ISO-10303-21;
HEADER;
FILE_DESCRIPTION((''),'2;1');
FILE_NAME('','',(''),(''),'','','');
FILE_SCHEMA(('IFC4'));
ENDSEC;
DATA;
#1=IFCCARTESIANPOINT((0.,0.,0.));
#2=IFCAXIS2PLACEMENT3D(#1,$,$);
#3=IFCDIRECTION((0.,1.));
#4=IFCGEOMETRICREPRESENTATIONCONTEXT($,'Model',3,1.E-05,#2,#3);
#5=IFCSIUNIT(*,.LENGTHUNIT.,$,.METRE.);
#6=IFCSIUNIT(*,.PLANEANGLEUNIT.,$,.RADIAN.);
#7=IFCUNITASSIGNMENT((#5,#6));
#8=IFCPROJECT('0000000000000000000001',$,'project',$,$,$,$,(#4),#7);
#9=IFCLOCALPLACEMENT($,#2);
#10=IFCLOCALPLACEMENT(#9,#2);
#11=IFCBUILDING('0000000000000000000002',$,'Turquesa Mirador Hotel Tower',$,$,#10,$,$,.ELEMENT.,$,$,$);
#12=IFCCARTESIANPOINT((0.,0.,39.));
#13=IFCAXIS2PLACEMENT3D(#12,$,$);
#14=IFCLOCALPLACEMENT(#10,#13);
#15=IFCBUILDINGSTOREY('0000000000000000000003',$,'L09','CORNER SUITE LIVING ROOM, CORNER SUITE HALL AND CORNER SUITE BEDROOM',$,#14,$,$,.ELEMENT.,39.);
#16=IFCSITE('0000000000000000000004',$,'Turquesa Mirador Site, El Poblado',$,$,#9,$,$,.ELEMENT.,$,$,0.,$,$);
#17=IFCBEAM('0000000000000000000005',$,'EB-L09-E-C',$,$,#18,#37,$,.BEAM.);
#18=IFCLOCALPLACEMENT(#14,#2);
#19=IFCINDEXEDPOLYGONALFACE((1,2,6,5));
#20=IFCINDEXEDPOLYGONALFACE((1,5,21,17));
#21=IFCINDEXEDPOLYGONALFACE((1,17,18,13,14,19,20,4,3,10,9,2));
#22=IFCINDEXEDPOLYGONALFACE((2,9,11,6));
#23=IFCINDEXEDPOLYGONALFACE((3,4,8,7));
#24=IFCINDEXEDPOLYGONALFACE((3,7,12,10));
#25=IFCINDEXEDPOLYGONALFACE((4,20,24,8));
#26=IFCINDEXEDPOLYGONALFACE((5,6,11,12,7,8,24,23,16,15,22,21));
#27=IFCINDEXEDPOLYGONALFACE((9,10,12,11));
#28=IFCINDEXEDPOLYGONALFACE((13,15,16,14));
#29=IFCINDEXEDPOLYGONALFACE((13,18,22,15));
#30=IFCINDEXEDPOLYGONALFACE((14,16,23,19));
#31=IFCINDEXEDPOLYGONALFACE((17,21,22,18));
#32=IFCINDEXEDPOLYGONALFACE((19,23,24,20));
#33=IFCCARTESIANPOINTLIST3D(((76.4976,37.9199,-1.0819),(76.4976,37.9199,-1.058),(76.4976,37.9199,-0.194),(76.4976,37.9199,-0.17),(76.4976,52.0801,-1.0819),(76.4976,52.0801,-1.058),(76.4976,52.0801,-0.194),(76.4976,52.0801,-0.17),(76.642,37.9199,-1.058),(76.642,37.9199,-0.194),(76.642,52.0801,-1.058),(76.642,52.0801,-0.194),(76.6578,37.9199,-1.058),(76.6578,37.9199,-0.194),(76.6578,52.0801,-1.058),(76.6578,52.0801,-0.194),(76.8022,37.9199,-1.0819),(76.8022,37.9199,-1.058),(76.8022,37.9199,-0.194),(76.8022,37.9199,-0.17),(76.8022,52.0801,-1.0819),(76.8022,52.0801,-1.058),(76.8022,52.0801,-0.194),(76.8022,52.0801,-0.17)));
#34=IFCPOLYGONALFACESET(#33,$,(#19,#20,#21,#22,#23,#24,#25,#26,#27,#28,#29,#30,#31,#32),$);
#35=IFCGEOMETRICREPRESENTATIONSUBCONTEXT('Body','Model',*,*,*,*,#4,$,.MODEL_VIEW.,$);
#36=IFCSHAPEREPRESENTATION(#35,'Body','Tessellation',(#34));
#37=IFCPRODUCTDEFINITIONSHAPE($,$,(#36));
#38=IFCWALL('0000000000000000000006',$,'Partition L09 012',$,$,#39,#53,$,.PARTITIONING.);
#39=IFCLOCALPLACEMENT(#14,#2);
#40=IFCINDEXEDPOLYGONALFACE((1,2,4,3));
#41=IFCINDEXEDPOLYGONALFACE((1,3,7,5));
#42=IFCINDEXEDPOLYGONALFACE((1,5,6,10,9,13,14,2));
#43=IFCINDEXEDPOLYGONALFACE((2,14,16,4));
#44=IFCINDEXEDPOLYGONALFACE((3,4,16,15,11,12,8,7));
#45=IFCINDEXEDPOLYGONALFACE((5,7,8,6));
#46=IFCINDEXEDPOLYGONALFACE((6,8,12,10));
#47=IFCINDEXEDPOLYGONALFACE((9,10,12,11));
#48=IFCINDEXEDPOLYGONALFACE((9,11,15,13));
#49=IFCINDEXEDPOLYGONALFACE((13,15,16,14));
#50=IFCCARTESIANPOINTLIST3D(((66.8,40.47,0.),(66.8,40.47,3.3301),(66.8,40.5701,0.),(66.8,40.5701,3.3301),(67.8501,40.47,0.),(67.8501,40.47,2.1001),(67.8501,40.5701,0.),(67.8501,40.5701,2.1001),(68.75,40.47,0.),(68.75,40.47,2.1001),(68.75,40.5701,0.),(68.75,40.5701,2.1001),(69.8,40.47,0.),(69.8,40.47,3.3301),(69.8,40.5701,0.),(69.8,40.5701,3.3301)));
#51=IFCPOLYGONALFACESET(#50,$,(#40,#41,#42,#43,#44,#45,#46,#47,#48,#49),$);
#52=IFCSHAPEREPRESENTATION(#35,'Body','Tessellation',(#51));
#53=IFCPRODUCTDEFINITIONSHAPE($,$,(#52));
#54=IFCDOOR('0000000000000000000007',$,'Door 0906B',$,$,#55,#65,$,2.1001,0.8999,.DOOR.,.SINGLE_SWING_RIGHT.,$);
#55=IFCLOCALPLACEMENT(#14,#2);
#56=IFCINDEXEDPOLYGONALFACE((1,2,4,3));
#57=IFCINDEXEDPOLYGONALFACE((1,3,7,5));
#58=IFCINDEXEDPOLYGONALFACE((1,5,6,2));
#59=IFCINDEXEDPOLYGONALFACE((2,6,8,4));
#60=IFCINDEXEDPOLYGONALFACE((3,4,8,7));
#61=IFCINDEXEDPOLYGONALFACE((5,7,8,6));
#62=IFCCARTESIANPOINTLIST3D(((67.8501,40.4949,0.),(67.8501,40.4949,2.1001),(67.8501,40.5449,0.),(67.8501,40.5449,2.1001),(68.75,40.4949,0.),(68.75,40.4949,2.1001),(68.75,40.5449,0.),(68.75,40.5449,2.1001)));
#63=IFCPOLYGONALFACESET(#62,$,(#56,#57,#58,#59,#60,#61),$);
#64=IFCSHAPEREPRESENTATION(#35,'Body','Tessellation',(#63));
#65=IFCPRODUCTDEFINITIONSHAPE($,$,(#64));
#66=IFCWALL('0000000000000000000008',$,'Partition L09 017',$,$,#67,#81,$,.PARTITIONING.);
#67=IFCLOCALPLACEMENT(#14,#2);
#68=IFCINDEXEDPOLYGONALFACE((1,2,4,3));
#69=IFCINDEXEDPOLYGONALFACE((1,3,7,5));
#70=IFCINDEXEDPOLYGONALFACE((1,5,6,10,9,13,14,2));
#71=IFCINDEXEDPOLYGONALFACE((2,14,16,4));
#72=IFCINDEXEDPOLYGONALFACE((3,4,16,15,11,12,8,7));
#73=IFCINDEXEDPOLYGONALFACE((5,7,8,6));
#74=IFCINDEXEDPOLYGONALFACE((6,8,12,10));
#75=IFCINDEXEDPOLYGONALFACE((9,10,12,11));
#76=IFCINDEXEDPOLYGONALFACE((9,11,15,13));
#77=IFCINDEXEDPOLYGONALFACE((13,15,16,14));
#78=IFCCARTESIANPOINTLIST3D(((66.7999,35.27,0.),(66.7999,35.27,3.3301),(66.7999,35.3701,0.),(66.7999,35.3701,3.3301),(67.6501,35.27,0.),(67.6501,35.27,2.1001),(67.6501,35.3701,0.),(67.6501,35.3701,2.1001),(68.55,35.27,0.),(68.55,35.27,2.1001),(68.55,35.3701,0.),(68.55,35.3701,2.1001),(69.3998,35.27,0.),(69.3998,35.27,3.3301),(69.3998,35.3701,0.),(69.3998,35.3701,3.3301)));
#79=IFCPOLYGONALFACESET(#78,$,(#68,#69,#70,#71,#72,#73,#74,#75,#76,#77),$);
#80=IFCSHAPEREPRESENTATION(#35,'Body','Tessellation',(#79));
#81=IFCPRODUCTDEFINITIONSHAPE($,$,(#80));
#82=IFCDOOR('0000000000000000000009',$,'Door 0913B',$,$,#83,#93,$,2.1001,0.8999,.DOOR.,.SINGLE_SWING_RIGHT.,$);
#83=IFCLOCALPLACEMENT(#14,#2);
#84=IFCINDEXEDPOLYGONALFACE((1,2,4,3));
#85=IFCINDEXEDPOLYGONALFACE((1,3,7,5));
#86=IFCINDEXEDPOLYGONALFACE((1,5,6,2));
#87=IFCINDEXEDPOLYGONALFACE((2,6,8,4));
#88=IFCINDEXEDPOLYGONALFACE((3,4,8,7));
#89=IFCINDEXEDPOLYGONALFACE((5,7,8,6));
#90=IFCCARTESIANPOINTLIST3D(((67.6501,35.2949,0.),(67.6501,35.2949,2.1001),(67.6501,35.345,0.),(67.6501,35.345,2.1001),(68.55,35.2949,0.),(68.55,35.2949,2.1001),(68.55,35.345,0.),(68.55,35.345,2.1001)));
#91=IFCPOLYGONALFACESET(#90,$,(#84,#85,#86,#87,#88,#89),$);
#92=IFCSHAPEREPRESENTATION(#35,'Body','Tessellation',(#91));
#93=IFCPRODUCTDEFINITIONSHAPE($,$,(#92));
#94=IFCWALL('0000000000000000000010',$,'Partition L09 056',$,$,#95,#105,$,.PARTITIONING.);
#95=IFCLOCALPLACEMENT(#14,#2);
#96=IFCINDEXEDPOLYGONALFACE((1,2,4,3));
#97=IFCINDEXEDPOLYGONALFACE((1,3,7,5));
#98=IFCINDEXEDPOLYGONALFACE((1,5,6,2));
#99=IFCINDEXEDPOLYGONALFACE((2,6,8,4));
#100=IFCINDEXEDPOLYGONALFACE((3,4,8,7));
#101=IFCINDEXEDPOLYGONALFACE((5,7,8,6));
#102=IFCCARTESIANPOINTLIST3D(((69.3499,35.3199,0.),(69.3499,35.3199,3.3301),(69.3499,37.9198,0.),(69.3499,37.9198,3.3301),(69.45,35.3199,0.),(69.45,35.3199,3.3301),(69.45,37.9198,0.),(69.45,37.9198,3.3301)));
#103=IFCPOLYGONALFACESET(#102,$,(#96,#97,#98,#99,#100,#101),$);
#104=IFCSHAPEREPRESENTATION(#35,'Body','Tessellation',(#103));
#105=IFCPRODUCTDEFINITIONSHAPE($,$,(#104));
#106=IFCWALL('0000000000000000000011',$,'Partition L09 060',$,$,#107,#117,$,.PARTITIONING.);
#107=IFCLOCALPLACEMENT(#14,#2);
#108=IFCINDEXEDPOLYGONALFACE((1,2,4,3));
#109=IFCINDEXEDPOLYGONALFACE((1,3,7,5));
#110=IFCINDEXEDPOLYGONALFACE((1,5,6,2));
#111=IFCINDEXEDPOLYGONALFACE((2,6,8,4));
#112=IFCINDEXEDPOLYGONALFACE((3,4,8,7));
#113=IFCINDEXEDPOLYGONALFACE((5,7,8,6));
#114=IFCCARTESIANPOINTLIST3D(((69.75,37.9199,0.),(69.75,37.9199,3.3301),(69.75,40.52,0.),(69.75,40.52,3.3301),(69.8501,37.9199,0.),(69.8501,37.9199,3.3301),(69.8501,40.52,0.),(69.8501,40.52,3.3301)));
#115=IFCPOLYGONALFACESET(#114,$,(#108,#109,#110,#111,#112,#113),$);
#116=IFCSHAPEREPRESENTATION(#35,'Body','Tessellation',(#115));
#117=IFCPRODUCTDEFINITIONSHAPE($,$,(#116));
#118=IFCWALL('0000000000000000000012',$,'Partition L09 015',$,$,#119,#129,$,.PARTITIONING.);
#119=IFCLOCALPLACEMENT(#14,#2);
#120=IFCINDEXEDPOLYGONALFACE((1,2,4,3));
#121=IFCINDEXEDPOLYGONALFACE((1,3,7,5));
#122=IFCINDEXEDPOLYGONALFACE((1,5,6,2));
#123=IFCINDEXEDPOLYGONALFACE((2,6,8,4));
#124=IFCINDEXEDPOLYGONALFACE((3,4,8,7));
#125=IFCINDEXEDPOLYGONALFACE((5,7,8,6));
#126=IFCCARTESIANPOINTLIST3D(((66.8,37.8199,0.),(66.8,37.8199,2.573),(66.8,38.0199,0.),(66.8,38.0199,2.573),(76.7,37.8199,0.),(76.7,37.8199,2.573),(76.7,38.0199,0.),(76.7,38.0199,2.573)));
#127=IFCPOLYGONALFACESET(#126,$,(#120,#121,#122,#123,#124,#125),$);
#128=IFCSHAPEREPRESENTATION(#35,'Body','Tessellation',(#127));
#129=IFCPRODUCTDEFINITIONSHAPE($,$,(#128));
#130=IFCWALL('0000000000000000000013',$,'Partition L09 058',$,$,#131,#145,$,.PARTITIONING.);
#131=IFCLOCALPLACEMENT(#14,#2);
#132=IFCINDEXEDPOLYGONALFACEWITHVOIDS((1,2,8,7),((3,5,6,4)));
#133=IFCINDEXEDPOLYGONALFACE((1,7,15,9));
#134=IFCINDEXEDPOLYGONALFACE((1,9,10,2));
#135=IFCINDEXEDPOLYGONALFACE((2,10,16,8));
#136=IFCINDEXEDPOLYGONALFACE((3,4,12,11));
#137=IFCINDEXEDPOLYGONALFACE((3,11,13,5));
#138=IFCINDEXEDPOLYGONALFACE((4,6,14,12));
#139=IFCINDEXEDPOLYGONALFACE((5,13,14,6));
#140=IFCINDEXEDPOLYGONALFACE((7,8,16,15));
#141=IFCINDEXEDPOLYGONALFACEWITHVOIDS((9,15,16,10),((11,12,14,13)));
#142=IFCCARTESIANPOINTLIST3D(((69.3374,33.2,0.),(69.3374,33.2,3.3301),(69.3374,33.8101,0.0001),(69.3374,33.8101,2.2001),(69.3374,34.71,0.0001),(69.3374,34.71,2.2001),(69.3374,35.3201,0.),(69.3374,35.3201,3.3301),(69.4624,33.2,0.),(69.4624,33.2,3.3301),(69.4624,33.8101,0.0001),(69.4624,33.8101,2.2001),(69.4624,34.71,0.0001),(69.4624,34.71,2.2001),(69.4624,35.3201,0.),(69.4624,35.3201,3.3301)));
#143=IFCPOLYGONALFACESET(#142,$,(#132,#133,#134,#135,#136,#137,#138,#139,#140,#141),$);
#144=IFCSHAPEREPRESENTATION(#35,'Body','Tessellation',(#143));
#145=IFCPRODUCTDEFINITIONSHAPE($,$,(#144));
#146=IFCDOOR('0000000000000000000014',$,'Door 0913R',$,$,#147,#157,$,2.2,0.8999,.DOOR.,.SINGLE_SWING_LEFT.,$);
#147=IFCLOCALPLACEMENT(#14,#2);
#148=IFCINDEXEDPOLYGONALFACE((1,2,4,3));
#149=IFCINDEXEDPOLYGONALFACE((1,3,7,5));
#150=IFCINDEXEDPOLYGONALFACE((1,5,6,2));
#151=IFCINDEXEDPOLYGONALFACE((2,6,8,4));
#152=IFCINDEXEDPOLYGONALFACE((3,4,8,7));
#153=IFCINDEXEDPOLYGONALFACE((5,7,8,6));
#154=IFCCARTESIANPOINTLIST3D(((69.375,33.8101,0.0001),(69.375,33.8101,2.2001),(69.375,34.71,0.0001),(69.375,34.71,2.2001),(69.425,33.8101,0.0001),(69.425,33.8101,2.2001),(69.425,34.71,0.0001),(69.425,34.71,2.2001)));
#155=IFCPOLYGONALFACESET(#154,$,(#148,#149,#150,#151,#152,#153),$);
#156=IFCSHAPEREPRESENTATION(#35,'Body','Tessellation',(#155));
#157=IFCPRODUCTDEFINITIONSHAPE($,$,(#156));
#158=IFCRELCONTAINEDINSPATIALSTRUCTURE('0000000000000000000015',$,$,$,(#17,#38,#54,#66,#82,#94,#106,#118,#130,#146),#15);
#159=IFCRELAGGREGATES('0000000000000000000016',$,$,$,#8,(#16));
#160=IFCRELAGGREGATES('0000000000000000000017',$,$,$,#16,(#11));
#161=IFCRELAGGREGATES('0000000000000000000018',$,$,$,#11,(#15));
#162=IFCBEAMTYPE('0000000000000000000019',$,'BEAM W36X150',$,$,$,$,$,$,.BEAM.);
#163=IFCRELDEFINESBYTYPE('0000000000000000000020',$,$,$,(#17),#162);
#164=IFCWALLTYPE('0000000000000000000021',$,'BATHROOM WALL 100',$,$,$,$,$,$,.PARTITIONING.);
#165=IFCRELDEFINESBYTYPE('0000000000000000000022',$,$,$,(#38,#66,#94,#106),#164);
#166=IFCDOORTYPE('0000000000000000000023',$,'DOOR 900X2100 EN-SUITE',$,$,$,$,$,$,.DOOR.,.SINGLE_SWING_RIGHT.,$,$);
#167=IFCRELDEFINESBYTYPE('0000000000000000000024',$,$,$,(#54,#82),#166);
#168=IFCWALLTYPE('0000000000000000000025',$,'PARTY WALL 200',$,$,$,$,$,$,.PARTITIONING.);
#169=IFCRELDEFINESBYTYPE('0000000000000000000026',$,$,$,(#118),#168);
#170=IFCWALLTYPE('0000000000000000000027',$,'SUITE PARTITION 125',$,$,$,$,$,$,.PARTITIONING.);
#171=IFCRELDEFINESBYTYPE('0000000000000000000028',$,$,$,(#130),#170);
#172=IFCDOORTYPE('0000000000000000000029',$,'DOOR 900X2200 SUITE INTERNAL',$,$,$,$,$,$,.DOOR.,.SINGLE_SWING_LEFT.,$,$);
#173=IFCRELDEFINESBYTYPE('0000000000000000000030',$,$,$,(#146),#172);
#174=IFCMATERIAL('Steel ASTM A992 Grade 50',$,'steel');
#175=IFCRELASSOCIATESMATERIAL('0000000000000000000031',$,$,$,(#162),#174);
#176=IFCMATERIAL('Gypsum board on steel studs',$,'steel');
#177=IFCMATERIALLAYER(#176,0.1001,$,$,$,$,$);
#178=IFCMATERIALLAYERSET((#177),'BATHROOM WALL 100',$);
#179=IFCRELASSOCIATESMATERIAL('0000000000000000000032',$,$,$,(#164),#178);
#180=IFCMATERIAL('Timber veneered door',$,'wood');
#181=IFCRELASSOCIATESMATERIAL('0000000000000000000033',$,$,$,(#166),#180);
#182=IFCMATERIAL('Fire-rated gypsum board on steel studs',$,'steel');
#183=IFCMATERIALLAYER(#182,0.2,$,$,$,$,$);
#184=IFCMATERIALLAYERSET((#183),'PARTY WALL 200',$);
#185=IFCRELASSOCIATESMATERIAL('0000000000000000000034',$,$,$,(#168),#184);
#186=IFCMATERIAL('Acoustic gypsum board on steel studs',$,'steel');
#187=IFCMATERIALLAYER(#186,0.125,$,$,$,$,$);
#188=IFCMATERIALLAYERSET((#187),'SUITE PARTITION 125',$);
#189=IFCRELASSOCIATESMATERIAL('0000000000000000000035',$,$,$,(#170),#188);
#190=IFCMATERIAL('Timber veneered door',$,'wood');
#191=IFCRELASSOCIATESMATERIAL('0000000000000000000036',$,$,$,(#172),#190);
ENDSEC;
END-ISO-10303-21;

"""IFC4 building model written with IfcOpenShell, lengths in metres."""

from ifc_helpers import new_model, si_unit, direction, frame, frame_2d, origin, origin_2d, place, context, subcontext, project, spatial, rectangle, i_section, extrude, material, layer, layer_set, material_profile, profile_set, type_object, element, fill, save


model = new_model("IFC4")

# Units and contexts
model_context = context("Model", 3, precision=1e-05, world=origin(), true_north=direction((0.0, 1.0)))
body_context = subcontext(model_context, "Body", "Model", "MODEL_VIEW")
ifc_project = project(units=[si_unit("LENGTHUNIT", "METRE"), si_unit("PLANEANGLEUNIT", "RADIAN")], contexts=[model_context])

# Site, building, storey
site_placement = place(None, origin())
site = spatial("IfcSite", under=ifc_project, at=site_placement, Name="Turquesa Mirador Site, El Poblado", CompositionType="ELEMENT", RefElevation=0.0)
building_placement = place(site_placement, origin())
building = spatial("IfcBuilding", under=site, at=building_placement, Name="Turquesa Mirador Hotel Tower", CompositionType="ELEMENT")
storey_placement = place(building_placement, frame((0.0, 0.0, 39.0)))
storey = spatial("IfcBuildingStorey", under=building, at=storey_placement, Name="L09", Description="CORNER SUITE LIVING ROOM, CORNER SUITE HALL AND CORNER SUITE BEDROOM", CompositionType="ELEMENT", Elevation=39.0)

# Beam
ifc_material_1 = material(Name="Steel ASTM A992 Grade 50", Category="steel")
ifc_material_profile_1 = material_profile(ifc_material_1, i_section(OverallWidth=0.3047, OverallDepth=0.9119, WebThickness=0.0159, FlangeThickness=0.0239, at=origin_2d()), Name="W36X150")
ifc_profile_set_1 = profile_set([ifc_material_profile_1], Name="Steel ASTM A992 Grade 50")
beam_type_1 = type_object("IfcBeamType", Name="BEAM W36X150", PredefinedType="BEAM", material=ifc_profile_set_1)
beam_1_placement = place(storey_placement, frame((76.6499, 37.9199, -0.626), z_axis=(0.0, 1.0, 0.0), x_axis=(-1.0, 0.0, 0.0)))
element("IfcBeam", 1, at=beam_1_placement, inside=storey, type_object=beam_type_1, Name="EB-L09-E-C", PredefinedType="BEAM", context=body_context, shape_type="SweptSolid", body=[
    extrude(i_section(OverallWidth=0.3047, OverallDepth=0.9119, WebThickness=0.0159, FlangeThickness=0.0239, at=origin_2d()), origin(), (0.0, 0.0, 1.0), 14.1602),
])

# Walls, openings, doors
ifc_material_2 = material(Name="Gypsum board on steel studs", Category="steel")
ifc_layer_1 = layer(ifc_material_2, 0.1001)
ifc_layer_set_1 = layer_set([ifc_layer_1], Name="BATHROOM WALL 100")
wall_type_1 = type_object("IfcWallType", Name="BATHROOM WALL 100", PredefinedType="PARTITIONING", material=ifc_layer_set_1)
wall_1_placement = place(storey_placement, frame((66.8, 40.52, 0.0), z_axis=(0.0, 0.0, 1.0), x_axis=(1.0, 0.0, 0.0)))
wall_1 = element("IfcWall", 2, at=wall_1_placement, inside=storey, type_object=wall_type_1, Name="Partition L09 012", PredefinedType="PARTITIONING", context=body_context, shape_type="SweptSolid", body=[
    extrude(rectangle(XDim=3.0, YDim=0.1001, at=frame_2d((1.5, 0.0))), origin(), (0.0, 0.0, 1.0), 3.3301),
])
opening_1_placement = place(wall_1_placement, frame((1.05, 0.0, 0.0)))
opening_1 = element("IfcOpeningElement", 3, at=opening_1_placement, cuts=wall_1, PredefinedType="OPENING", context=body_context, shape_type="SweptSolid", body=[
    extrude(rectangle(XDim=0.8999, YDim=2.1001, at=frame_2d((0.45, 1.05))), frame((0.0, 0.0601, 0.0), z_axis=(0.0, -1.0, 0.0), x_axis=(1.0, 0.0, 0.0)), (0.0, 0.0, 1.0), 0.1201),
])
ifc_material_3 = material(Name="Timber veneered door", Category="wood")
door_type_1 = type_object("IfcDoorType", Name="DOOR 900X2100 EN-SUITE", OperationType="SINGLE_SWING_RIGHT", PredefinedType="DOOR", material=ifc_material_3)
door_1_placement = place(opening_1_placement, origin())
door_1 = element("IfcDoor", 4, at=door_1_placement, inside=storey, type_object=door_type_1, Name="Door 0906B", OperationType="SINGLE_SWING_RIGHT", OverallHeight=2.1001, OverallWidth=0.8999, PredefinedType="DOOR", context=body_context, shape_type="SweptSolid", body=[
    extrude(rectangle(XDim=0.8999, YDim=2.1001, at=frame_2d((0.45, 1.05))), frame((0.0, 0.0249, 0.0), z_axis=(0.0, -1.0, 0.0), x_axis=(1.0, 0.0, 0.0)), (0.0, 0.0, 1.0), 0.05),
])
fill(opening_1, door_1)
wall_2_placement = place(storey_placement, frame((66.8, 35.3201, 0.0), z_axis=(0.0, 0.0, 1.0), x_axis=(1.0, 0.0, 0.0)))
wall_2 = element("IfcWall", 5, at=wall_2_placement, inside=storey, type_object=wall_type_1, Name="Partition L09 017", PredefinedType="PARTITIONING", context=body_context, shape_type="SweptSolid", body=[
    extrude(rectangle(XDim=2.5999, YDim=0.1001, at=frame_2d((1.2998, 0.0))), origin(), (0.0, 0.0, 1.0), 3.3301),
])
opening_2_placement = place(wall_2_placement, frame((0.8501, 0.0, 0.0)))
opening_2 = element("IfcOpeningElement", 6, at=opening_2_placement, cuts=wall_2, PredefinedType="OPENING", context=body_context, shape_type="SweptSolid", body=[
    extrude(rectangle(XDim=0.8999, YDim=2.1001, at=frame_2d((0.45, 1.05))), frame((0.0, 0.0601, 0.0), z_axis=(0.0, -1.0, 0.0), x_axis=(1.0, 0.0, 0.0)), (0.0, 0.0, 1.0), 0.1201),
])
door_2_placement = place(opening_2_placement, origin())
door_2 = element("IfcDoor", 7, at=door_2_placement, inside=storey, type_object=door_type_1, Name="Door 0913B", OperationType="SINGLE_SWING_RIGHT", OverallHeight=2.1001, OverallWidth=0.8999, PredefinedType="DOOR", context=body_context, shape_type="SweptSolid", body=[
    extrude(rectangle(XDim=0.8999, YDim=2.1001, at=frame_2d((0.45, 1.05))), frame((0.0, 0.0249, 0.0), z_axis=(0.0, -1.0, 0.0), x_axis=(1.0, 0.0, 0.0)), (0.0, 0.0, 1.0), 0.05),
])
fill(opening_2, door_2)

# Walls
wall_3_placement = place(storey_placement, frame((69.3999, 35.3201, 0.0), z_axis=(0.0, 0.0, 1.0), x_axis=(0.0, 1.0, 0.0)))
element("IfcWall", 8, at=wall_3_placement, inside=storey, type_object=wall_type_1, Name="Partition L09 056", PredefinedType="PARTITIONING", context=body_context, shape_type="SweptSolid", body=[
    extrude(rectangle(XDim=2.5999, YDim=0.1001, at=frame_2d((1.2998, 0.0))), origin(), (0.0, 0.0, 1.0), 3.3301),
])
wall_4_placement = place(storey_placement, frame((69.8, 37.9199, 0.0), z_axis=(0.0, 0.0, 1.0), x_axis=(0.0, 1.0, 0.0)))
element("IfcWall", 9, at=wall_4_placement, inside=storey, type_object=wall_type_1, Name="Partition L09 060", PredefinedType="PARTITIONING", context=body_context, shape_type="SweptSolid", body=[
    extrude(rectangle(XDim=2.6001, YDim=0.1001, at=frame_2d((1.3, 0.0))), origin(), (0.0, 0.0, 1.0), 3.3301),
])
ifc_material_4 = material(Name="Fire-rated gypsum board on steel studs", Category="steel")
ifc_layer_2 = layer(ifc_material_4, 0.2)
ifc_layer_set_2 = layer_set([ifc_layer_2], Name="PARTY WALL 200")
wall_type_2 = type_object("IfcWallType", Name="PARTY WALL 200", PredefinedType="PARTITIONING", material=ifc_layer_set_2)
wall_5_placement = place(storey_placement, frame((66.8, 37.9199, 0.0), z_axis=(0.0, 0.0, 1.0), x_axis=(1.0, 0.0, 0.0)))
element("IfcWall", 10, at=wall_5_placement, inside=storey, type_object=wall_type_2, Name="Partition L09 015", PredefinedType="PARTITIONING", context=body_context, shape_type="SweptSolid", body=[
    extrude(rectangle(XDim=9.8999, YDim=0.2, at=frame_2d((4.95, 0.0))), origin(), (0.0, 0.0, 1.0), 2.573),
])

# Wall, opening, door
ifc_material_5 = material(Name="Acoustic gypsum board on steel studs", Category="steel")
ifc_layer_3 = layer(ifc_material_5, 0.125)
ifc_layer_set_3 = layer_set([ifc_layer_3], Name="SUITE PARTITION 125")
wall_type_3 = type_object("IfcWallType", Name="SUITE PARTITION 125", PredefinedType="PARTITIONING", material=ifc_layer_set_3)
wall_6_placement = place(storey_placement, frame((69.3999, 33.2, 0.0), z_axis=(0.0, 0.0, 1.0), x_axis=(0.0, 1.0, 0.0)))
wall_6 = element("IfcWall", 11, at=wall_6_placement, inside=storey, type_object=wall_type_3, Name="Partition L09 058", PredefinedType="PARTITIONING", context=body_context, shape_type="SweptSolid", body=[
    extrude(rectangle(XDim=2.1201, YDim=0.125, at=frame_2d((1.0601, 0.0))), origin(), (0.0, 0.0, 1.0), 3.3301),
])
opening_3_placement = place(wall_6_placement, frame((0.6101, 0.0, 0.0)))
opening_3 = element("IfcOpeningElement", 12, at=opening_3_placement, cuts=wall_6, PredefinedType="OPENING", context=body_context, shape_type="SweptSolid", body=[
    extrude(rectangle(XDim=0.8999, YDim=2.2, at=frame_2d((0.45, 1.1001))), frame((0.0, 0.0725, 0.0), z_axis=(0.0, -1.0, 0.0), x_axis=(1.0, 0.0, 0.0)), (0.0, 0.0, 1.0), 0.145),
])
ifc_material_6 = material(Name="Timber veneered door", Category="wood")
door_type_2 = type_object("IfcDoorType", Name="DOOR 900X2200 SUITE INTERNAL", OperationType="SINGLE_SWING_LEFT", PredefinedType="DOOR", material=ifc_material_6)
door_3_placement = place(opening_3_placement, origin())
door_3 = element("IfcDoor", 13, at=door_3_placement, inside=storey, type_object=door_type_2, Name="Door 0913R", OperationType="SINGLE_SWING_LEFT", OverallHeight=2.2, OverallWidth=0.8999, PredefinedType="DOOR", context=body_context, shape_type="SweptSolid", body=[
    extrude(rectangle(XDim=0.8999, YDim=2.2, at=frame_2d((0.45, 1.1001))), frame((0.0, 0.0249, 0.0), z_axis=(0.0, -1.0, 0.0), x_axis=(1.0, 0.0, 0.0)), (0.0, 0.0, 1.0), 0.05),
])
fill(opening_3, door_3)

save(model, "model.ifc")
